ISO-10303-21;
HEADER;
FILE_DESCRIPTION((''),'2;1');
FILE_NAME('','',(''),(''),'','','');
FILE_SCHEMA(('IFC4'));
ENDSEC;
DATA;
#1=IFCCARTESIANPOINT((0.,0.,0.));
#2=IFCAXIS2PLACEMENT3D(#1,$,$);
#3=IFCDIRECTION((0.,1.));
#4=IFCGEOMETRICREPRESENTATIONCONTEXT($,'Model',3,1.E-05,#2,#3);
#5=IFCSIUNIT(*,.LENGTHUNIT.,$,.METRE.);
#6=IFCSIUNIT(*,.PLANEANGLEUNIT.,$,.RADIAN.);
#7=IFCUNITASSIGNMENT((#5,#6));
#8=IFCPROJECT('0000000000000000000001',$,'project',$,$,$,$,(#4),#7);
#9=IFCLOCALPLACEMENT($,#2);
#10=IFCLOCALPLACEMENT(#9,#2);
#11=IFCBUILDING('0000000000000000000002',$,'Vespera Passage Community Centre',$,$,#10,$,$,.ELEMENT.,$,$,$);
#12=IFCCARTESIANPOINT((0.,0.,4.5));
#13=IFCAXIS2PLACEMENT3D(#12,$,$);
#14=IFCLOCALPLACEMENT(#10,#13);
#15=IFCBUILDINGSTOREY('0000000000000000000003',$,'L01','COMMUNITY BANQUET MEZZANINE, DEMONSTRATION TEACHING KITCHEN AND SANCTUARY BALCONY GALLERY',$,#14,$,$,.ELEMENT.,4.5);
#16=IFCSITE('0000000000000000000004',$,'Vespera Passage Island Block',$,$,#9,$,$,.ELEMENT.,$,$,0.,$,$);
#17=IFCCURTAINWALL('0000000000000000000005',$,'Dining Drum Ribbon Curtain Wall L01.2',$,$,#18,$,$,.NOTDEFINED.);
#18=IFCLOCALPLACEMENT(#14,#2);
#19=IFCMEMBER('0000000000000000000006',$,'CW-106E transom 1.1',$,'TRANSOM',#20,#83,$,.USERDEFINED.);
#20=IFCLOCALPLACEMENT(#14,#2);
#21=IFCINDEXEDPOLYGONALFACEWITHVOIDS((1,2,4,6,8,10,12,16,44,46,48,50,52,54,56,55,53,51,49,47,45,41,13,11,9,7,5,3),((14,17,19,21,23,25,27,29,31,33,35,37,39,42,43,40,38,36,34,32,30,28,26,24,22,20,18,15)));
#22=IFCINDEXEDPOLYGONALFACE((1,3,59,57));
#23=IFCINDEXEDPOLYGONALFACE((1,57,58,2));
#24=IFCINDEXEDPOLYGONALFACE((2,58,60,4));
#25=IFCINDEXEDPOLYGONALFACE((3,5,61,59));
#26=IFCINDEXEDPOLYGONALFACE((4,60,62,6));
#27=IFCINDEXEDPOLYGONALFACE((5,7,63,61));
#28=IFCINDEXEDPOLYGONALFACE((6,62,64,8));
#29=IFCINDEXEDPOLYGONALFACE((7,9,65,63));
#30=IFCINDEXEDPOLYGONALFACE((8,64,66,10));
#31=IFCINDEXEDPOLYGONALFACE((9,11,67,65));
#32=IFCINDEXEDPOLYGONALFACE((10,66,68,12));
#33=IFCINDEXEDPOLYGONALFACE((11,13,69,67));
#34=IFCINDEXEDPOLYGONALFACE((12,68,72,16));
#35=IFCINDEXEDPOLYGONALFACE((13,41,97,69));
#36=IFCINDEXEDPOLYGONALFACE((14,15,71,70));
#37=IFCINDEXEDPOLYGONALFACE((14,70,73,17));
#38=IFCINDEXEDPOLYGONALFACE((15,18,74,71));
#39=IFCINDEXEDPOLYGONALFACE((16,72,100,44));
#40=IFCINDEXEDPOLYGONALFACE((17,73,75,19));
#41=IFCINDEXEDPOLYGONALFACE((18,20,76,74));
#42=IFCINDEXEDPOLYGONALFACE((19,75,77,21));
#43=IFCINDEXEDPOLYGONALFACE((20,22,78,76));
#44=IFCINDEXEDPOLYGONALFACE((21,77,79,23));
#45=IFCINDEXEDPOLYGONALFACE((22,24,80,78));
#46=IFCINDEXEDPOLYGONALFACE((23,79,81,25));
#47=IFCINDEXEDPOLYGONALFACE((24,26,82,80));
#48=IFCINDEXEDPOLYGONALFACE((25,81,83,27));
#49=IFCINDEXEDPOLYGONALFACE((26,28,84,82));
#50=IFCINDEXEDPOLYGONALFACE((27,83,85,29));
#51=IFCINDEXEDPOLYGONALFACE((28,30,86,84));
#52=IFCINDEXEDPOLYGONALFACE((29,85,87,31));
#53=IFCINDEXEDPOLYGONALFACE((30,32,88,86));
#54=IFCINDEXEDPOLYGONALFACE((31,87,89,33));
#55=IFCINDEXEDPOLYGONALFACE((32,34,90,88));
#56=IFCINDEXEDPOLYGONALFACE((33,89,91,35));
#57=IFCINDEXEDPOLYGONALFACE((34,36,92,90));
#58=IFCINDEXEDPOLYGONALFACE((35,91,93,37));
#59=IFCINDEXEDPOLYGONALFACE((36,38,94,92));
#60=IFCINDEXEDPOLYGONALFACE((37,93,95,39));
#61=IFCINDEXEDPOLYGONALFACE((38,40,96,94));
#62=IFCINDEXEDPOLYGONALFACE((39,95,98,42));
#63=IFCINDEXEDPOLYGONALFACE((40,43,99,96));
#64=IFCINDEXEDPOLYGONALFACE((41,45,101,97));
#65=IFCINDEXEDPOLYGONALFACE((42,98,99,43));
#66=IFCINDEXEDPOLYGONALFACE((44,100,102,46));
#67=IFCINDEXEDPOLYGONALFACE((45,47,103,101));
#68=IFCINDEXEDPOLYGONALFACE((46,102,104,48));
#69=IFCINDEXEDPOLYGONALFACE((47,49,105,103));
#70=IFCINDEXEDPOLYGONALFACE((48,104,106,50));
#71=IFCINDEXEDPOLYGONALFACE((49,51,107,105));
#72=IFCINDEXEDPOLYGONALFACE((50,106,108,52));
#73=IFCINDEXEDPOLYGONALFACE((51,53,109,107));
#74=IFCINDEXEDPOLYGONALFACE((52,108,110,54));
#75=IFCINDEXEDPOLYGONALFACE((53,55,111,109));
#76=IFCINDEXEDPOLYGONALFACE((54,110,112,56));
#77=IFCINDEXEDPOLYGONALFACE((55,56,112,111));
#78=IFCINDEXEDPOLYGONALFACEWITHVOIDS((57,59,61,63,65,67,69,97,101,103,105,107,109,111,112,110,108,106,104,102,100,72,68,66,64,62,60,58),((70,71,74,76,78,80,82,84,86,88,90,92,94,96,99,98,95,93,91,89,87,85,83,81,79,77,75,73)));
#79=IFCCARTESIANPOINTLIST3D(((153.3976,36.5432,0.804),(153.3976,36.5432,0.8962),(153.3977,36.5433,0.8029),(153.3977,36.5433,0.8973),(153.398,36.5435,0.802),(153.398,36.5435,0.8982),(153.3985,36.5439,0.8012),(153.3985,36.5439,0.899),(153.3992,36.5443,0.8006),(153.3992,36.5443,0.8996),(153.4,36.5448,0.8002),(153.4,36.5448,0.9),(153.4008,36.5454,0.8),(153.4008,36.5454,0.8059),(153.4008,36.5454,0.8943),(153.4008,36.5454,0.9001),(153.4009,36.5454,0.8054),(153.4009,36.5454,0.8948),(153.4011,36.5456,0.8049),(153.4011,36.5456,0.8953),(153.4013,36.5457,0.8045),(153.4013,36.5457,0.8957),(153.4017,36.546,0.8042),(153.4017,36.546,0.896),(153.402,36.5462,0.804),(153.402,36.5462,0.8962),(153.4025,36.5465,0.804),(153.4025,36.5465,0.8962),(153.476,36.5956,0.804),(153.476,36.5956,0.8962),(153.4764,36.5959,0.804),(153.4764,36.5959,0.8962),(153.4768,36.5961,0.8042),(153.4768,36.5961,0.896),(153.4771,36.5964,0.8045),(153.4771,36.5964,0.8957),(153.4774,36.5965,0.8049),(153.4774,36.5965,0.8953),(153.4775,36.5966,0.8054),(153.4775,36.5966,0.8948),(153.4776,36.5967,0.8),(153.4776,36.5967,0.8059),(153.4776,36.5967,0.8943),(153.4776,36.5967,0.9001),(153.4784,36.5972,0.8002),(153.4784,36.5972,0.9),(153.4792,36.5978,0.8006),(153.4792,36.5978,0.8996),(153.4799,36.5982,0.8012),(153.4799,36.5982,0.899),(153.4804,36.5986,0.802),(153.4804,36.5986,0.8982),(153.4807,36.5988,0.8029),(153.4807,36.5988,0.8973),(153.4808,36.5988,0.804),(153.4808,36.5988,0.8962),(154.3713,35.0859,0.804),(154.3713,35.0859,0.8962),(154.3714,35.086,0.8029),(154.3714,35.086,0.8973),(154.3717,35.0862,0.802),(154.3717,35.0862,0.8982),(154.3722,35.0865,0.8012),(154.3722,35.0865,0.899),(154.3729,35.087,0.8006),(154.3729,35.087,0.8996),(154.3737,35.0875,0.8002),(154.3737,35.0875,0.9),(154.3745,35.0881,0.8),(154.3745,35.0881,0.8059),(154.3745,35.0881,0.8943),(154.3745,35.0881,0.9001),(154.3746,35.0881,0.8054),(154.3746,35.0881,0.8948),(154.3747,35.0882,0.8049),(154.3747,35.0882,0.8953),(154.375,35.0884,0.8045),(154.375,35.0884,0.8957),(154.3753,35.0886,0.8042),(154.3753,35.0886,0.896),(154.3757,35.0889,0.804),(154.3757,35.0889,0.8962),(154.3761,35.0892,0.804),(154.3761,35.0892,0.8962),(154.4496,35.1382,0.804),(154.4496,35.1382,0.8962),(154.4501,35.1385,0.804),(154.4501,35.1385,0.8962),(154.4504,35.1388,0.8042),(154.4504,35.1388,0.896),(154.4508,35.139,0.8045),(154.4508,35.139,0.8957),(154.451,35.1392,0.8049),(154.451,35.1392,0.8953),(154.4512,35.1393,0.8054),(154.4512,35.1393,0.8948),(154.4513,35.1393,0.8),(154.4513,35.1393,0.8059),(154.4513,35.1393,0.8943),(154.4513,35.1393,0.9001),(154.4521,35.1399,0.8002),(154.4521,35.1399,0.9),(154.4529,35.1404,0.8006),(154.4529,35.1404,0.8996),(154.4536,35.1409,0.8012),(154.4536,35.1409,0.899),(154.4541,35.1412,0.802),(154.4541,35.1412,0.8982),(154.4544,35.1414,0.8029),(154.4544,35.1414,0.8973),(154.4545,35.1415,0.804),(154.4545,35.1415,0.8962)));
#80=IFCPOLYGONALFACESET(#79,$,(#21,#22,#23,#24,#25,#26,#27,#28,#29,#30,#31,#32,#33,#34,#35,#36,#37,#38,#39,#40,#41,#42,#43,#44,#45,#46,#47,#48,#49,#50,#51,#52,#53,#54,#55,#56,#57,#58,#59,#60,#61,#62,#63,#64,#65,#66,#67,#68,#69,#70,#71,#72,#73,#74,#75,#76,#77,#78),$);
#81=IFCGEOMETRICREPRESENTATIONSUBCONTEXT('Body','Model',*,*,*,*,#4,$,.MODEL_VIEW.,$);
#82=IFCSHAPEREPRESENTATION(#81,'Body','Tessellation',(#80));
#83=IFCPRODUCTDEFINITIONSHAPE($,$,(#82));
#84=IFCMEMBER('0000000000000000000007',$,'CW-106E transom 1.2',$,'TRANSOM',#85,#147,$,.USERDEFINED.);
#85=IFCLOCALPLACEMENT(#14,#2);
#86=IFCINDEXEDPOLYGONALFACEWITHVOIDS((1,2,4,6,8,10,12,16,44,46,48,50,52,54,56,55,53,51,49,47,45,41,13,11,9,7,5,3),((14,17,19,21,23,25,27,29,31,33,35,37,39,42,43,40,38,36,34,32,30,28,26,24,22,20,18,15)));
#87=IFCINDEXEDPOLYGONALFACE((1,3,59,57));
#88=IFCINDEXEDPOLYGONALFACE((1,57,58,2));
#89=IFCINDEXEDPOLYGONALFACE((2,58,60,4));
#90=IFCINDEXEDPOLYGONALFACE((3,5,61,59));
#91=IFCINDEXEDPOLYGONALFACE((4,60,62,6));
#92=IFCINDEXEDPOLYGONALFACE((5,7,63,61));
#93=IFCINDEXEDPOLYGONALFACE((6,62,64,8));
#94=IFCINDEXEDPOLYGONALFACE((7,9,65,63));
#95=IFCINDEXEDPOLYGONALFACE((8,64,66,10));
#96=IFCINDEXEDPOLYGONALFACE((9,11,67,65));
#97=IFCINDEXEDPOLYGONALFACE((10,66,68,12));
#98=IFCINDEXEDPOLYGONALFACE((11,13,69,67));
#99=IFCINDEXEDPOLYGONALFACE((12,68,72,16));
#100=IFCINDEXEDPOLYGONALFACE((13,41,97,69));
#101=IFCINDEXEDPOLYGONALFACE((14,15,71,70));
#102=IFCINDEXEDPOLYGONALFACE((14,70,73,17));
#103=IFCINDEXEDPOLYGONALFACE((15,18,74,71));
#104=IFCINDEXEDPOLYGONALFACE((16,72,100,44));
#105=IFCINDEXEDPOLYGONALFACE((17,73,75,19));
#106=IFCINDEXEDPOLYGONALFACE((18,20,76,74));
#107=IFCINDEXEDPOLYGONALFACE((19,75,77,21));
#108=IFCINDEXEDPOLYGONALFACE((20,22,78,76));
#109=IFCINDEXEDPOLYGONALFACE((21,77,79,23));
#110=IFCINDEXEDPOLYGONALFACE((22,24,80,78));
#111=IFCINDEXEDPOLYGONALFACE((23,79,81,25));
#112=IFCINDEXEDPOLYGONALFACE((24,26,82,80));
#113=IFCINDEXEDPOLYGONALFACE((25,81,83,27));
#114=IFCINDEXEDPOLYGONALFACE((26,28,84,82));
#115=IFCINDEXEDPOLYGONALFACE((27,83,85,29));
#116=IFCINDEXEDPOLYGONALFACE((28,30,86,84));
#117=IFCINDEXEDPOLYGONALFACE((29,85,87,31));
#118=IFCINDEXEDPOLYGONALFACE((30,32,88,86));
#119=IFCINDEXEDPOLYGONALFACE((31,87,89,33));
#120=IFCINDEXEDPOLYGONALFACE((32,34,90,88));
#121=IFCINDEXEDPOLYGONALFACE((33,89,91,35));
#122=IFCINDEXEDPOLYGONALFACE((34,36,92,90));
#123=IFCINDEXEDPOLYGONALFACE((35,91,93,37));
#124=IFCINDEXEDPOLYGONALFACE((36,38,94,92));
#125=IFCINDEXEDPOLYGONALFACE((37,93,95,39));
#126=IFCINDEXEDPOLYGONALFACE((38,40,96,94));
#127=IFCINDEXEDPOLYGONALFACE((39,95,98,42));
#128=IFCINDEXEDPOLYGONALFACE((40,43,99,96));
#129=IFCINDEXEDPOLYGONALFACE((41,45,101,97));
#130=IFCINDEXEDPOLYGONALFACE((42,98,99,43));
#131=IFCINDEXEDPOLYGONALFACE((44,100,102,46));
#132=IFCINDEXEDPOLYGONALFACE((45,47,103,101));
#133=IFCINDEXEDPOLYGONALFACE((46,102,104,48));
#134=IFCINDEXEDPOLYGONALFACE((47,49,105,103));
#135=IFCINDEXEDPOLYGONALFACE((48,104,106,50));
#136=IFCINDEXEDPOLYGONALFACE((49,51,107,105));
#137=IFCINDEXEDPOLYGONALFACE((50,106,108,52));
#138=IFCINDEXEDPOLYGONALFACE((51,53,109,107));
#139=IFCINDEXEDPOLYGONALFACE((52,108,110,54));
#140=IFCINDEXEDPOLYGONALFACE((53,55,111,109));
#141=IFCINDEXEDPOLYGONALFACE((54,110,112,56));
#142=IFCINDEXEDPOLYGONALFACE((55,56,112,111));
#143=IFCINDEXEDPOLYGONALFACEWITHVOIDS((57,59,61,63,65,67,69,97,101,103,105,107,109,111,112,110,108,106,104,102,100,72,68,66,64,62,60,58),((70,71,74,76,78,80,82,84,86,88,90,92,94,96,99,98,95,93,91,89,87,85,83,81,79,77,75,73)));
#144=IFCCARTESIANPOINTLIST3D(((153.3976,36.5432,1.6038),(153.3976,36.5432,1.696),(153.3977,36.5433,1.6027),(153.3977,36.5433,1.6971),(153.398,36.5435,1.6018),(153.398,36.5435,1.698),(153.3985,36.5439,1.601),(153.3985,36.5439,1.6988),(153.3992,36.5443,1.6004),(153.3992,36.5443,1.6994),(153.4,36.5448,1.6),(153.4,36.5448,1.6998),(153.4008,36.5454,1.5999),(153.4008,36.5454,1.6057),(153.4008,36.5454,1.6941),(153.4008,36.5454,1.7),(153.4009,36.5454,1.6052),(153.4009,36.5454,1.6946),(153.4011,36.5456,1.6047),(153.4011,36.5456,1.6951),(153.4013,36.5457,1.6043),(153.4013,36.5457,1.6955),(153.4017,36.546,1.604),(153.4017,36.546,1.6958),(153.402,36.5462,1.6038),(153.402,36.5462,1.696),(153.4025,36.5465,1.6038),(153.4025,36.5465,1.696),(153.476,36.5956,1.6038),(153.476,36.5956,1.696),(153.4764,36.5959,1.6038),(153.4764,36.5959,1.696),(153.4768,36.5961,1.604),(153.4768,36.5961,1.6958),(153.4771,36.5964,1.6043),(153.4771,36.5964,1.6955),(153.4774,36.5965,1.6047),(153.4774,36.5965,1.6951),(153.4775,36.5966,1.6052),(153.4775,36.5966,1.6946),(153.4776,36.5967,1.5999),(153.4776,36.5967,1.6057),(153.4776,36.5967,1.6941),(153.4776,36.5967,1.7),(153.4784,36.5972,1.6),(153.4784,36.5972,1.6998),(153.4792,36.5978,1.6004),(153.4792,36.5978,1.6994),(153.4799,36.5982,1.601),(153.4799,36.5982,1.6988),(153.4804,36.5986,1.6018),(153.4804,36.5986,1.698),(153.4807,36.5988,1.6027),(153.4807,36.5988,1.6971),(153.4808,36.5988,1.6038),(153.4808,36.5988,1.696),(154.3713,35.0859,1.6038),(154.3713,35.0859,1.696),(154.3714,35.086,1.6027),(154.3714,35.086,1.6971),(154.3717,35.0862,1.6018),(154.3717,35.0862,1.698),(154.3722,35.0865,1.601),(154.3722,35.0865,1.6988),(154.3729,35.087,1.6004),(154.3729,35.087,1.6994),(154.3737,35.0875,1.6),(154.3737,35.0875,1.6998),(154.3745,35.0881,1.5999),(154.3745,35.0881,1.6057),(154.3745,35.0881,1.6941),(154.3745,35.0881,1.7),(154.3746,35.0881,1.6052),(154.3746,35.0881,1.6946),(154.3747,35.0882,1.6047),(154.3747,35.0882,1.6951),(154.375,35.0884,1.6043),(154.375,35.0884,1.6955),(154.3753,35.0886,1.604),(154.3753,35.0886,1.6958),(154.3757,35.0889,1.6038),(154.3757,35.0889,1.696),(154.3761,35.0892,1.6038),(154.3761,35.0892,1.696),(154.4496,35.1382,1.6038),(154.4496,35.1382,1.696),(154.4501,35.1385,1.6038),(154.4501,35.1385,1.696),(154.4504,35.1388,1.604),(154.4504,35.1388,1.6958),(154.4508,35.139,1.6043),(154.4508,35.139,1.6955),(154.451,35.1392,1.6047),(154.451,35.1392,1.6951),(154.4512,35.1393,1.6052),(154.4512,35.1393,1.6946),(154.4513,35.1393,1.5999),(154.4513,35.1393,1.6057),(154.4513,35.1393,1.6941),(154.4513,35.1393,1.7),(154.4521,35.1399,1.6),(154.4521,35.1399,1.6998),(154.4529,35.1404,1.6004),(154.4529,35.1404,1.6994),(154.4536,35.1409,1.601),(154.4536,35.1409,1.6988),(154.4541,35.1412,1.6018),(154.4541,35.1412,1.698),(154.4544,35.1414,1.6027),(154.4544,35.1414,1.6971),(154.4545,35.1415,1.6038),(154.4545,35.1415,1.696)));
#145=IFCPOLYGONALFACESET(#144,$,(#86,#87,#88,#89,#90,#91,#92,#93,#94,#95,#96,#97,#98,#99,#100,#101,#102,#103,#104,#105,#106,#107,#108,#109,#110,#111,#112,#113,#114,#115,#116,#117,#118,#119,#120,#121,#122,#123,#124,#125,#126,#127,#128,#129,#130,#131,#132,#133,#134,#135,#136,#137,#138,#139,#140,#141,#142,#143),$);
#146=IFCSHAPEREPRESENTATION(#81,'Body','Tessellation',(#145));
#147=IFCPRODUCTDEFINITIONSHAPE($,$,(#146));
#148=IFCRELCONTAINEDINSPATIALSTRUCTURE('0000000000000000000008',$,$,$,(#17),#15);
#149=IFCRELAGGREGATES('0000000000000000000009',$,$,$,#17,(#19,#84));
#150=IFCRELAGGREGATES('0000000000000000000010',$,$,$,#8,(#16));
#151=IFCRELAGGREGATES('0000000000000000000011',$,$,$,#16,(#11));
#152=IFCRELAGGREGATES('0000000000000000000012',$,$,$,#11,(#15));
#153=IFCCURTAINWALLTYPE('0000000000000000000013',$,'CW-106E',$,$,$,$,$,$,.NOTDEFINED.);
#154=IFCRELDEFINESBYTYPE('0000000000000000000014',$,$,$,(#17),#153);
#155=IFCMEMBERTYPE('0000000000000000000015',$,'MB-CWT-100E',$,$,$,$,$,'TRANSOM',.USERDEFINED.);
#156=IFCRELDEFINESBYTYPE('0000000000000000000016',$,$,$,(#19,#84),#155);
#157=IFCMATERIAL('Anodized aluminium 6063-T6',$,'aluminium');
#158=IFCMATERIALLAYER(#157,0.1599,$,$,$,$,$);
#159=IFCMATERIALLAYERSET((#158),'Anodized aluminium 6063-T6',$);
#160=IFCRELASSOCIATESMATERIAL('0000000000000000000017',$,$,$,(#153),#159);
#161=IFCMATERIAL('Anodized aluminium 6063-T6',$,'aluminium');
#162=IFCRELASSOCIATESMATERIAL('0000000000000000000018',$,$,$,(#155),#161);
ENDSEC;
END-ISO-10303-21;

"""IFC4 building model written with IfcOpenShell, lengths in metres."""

from ifc_helpers import new_model, si_unit, direction, frame, origin, origin_2d, place, context, subcontext, project, spatial, hollow_rectangle, extrude, material, layer, layer_set, material_profile, profile_set, type_object, element, aggregate, save


model = new_model("IFC4")

# Units and contexts
model_context = context("Model", 3, precision=1e-05, world=origin(), true_north=direction((0.0, 1.0)))
body_context = subcontext(model_context, "Body", "Model", "MODEL_VIEW")
ifc_project = project(units=[si_unit("LENGTHUNIT", "METRE"), si_unit("PLANEANGLEUNIT", "RADIAN")], contexts=[model_context])

# Site, building, storey
site_placement = place(None, origin())
site = spatial("IfcSite", under=ifc_project, at=site_placement, Name="Vespera Passage Island Block", CompositionType="ELEMENT", RefElevation=0.0)
building_placement = place(site_placement, origin())
building = spatial("IfcBuilding", under=site, at=building_placement, Name="Vespera Passage Community Centre", CompositionType="ELEMENT")
storey_placement = place(building_placement, frame((0.0, 0.0, 4.5)))
storey = spatial("IfcBuildingStorey", under=building, at=storey_placement, Name="L01", Description="COMMUNITY BANQUET MEZZANINE, DEMONSTRATION TEACHING KITCHEN AND SANCTUARY BALCONY GALLERY", CompositionType="ELEMENT", Elevation=4.5)

# Curtain wall
ifc_material_1 = material(Name="Anodized aluminium 6063-T6", Category="aluminium")
ifc_layer_1 = layer(ifc_material_1, 0.1599)
ifc_layer_set_1 = layer_set([ifc_layer_1], Name="Anodized aluminium 6063-T6")
curtain_wall_type_1 = type_object("IfcCurtainWallType", Name="CW-106E", PredefinedType="NOTDEFINED", material=ifc_layer_set_1)
curtain_wall_1_placement = place(storey_placement, origin())
curtain_wall_1 = element("IfcCurtainWall", 1, at=curtain_wall_1_placement, inside=storey, type_object=curtain_wall_type_1, Name="Dining Drum Ribbon Curtain Wall L01.2", PredefinedType="NOTDEFINED")

# Members
ifc_material_2 = material(Name="Anodized aluminium 6063-T6", Category="aluminium")
ifc_material_profile_1 = material_profile(ifc_material_2, hollow_rectangle(XDim=0.1001, YDim=0.1001, WallThickness=0.0039, InnerFilletRadius=0.002, OuterFilletRadius=0.0039, at=origin_2d()), Name="ALU100X100X4")
ifc_profile_set_1 = profile_set([ifc_material_profile_1], Name="Anodized aluminium 6063-T6")
member_type_1 = type_object("IfcMemberType", Name="MB-CWT-100E", ElementType="TRANSOM", PredefinedType="USERDEFINED", material=ifc_profile_set_1)
member_1_placement = place(storey_placement, frame((153.4392, 36.571, 0.8501), z_axis=(0.555536, -0.831493, 0.0), x_axis=(0.831493, 0.555536, 0.0)))
member_1 = element("IfcMember", 2, at=member_1_placement, type_object=member_type_1, Name="CW-106E transom 1.1", ObjectType="TRANSOM", PredefinedType="USERDEFINED", context=body_context, shape_type="SweptSolid", body=[
    extrude(hollow_rectangle(XDim=0.1001, YDim=0.1001, WallThickness=0.0039, InnerFilletRadius=0.002, OuterFilletRadius=0.0039, at=origin_2d()), origin(), (0.0, 0.0, 1.0), 1.7527),
])
member_2_placement = place(storey_placement, frame((153.4392, 36.571, 1.6499), z_axis=(0.555536, -0.831493, 0.0), x_axis=(0.831493, 0.555536, 0.0)))
member_2 = element("IfcMember", 3, at=member_2_placement, type_object=member_type_1, Name="CW-106E transom 1.2", ObjectType="TRANSOM", PredefinedType="USERDEFINED", context=body_context, shape_type="SweptSolid", body=[
    extrude(hollow_rectangle(XDim=0.1001, YDim=0.1001, WallThickness=0.0039, InnerFilletRadius=0.002, OuterFilletRadius=0.0039, at=origin_2d()), origin(), (0.0, 0.0, 1.0), 1.7527),
])

aggregate(curtain_wall_1, [member_1, member_2])

save(model, "model.ifc")
